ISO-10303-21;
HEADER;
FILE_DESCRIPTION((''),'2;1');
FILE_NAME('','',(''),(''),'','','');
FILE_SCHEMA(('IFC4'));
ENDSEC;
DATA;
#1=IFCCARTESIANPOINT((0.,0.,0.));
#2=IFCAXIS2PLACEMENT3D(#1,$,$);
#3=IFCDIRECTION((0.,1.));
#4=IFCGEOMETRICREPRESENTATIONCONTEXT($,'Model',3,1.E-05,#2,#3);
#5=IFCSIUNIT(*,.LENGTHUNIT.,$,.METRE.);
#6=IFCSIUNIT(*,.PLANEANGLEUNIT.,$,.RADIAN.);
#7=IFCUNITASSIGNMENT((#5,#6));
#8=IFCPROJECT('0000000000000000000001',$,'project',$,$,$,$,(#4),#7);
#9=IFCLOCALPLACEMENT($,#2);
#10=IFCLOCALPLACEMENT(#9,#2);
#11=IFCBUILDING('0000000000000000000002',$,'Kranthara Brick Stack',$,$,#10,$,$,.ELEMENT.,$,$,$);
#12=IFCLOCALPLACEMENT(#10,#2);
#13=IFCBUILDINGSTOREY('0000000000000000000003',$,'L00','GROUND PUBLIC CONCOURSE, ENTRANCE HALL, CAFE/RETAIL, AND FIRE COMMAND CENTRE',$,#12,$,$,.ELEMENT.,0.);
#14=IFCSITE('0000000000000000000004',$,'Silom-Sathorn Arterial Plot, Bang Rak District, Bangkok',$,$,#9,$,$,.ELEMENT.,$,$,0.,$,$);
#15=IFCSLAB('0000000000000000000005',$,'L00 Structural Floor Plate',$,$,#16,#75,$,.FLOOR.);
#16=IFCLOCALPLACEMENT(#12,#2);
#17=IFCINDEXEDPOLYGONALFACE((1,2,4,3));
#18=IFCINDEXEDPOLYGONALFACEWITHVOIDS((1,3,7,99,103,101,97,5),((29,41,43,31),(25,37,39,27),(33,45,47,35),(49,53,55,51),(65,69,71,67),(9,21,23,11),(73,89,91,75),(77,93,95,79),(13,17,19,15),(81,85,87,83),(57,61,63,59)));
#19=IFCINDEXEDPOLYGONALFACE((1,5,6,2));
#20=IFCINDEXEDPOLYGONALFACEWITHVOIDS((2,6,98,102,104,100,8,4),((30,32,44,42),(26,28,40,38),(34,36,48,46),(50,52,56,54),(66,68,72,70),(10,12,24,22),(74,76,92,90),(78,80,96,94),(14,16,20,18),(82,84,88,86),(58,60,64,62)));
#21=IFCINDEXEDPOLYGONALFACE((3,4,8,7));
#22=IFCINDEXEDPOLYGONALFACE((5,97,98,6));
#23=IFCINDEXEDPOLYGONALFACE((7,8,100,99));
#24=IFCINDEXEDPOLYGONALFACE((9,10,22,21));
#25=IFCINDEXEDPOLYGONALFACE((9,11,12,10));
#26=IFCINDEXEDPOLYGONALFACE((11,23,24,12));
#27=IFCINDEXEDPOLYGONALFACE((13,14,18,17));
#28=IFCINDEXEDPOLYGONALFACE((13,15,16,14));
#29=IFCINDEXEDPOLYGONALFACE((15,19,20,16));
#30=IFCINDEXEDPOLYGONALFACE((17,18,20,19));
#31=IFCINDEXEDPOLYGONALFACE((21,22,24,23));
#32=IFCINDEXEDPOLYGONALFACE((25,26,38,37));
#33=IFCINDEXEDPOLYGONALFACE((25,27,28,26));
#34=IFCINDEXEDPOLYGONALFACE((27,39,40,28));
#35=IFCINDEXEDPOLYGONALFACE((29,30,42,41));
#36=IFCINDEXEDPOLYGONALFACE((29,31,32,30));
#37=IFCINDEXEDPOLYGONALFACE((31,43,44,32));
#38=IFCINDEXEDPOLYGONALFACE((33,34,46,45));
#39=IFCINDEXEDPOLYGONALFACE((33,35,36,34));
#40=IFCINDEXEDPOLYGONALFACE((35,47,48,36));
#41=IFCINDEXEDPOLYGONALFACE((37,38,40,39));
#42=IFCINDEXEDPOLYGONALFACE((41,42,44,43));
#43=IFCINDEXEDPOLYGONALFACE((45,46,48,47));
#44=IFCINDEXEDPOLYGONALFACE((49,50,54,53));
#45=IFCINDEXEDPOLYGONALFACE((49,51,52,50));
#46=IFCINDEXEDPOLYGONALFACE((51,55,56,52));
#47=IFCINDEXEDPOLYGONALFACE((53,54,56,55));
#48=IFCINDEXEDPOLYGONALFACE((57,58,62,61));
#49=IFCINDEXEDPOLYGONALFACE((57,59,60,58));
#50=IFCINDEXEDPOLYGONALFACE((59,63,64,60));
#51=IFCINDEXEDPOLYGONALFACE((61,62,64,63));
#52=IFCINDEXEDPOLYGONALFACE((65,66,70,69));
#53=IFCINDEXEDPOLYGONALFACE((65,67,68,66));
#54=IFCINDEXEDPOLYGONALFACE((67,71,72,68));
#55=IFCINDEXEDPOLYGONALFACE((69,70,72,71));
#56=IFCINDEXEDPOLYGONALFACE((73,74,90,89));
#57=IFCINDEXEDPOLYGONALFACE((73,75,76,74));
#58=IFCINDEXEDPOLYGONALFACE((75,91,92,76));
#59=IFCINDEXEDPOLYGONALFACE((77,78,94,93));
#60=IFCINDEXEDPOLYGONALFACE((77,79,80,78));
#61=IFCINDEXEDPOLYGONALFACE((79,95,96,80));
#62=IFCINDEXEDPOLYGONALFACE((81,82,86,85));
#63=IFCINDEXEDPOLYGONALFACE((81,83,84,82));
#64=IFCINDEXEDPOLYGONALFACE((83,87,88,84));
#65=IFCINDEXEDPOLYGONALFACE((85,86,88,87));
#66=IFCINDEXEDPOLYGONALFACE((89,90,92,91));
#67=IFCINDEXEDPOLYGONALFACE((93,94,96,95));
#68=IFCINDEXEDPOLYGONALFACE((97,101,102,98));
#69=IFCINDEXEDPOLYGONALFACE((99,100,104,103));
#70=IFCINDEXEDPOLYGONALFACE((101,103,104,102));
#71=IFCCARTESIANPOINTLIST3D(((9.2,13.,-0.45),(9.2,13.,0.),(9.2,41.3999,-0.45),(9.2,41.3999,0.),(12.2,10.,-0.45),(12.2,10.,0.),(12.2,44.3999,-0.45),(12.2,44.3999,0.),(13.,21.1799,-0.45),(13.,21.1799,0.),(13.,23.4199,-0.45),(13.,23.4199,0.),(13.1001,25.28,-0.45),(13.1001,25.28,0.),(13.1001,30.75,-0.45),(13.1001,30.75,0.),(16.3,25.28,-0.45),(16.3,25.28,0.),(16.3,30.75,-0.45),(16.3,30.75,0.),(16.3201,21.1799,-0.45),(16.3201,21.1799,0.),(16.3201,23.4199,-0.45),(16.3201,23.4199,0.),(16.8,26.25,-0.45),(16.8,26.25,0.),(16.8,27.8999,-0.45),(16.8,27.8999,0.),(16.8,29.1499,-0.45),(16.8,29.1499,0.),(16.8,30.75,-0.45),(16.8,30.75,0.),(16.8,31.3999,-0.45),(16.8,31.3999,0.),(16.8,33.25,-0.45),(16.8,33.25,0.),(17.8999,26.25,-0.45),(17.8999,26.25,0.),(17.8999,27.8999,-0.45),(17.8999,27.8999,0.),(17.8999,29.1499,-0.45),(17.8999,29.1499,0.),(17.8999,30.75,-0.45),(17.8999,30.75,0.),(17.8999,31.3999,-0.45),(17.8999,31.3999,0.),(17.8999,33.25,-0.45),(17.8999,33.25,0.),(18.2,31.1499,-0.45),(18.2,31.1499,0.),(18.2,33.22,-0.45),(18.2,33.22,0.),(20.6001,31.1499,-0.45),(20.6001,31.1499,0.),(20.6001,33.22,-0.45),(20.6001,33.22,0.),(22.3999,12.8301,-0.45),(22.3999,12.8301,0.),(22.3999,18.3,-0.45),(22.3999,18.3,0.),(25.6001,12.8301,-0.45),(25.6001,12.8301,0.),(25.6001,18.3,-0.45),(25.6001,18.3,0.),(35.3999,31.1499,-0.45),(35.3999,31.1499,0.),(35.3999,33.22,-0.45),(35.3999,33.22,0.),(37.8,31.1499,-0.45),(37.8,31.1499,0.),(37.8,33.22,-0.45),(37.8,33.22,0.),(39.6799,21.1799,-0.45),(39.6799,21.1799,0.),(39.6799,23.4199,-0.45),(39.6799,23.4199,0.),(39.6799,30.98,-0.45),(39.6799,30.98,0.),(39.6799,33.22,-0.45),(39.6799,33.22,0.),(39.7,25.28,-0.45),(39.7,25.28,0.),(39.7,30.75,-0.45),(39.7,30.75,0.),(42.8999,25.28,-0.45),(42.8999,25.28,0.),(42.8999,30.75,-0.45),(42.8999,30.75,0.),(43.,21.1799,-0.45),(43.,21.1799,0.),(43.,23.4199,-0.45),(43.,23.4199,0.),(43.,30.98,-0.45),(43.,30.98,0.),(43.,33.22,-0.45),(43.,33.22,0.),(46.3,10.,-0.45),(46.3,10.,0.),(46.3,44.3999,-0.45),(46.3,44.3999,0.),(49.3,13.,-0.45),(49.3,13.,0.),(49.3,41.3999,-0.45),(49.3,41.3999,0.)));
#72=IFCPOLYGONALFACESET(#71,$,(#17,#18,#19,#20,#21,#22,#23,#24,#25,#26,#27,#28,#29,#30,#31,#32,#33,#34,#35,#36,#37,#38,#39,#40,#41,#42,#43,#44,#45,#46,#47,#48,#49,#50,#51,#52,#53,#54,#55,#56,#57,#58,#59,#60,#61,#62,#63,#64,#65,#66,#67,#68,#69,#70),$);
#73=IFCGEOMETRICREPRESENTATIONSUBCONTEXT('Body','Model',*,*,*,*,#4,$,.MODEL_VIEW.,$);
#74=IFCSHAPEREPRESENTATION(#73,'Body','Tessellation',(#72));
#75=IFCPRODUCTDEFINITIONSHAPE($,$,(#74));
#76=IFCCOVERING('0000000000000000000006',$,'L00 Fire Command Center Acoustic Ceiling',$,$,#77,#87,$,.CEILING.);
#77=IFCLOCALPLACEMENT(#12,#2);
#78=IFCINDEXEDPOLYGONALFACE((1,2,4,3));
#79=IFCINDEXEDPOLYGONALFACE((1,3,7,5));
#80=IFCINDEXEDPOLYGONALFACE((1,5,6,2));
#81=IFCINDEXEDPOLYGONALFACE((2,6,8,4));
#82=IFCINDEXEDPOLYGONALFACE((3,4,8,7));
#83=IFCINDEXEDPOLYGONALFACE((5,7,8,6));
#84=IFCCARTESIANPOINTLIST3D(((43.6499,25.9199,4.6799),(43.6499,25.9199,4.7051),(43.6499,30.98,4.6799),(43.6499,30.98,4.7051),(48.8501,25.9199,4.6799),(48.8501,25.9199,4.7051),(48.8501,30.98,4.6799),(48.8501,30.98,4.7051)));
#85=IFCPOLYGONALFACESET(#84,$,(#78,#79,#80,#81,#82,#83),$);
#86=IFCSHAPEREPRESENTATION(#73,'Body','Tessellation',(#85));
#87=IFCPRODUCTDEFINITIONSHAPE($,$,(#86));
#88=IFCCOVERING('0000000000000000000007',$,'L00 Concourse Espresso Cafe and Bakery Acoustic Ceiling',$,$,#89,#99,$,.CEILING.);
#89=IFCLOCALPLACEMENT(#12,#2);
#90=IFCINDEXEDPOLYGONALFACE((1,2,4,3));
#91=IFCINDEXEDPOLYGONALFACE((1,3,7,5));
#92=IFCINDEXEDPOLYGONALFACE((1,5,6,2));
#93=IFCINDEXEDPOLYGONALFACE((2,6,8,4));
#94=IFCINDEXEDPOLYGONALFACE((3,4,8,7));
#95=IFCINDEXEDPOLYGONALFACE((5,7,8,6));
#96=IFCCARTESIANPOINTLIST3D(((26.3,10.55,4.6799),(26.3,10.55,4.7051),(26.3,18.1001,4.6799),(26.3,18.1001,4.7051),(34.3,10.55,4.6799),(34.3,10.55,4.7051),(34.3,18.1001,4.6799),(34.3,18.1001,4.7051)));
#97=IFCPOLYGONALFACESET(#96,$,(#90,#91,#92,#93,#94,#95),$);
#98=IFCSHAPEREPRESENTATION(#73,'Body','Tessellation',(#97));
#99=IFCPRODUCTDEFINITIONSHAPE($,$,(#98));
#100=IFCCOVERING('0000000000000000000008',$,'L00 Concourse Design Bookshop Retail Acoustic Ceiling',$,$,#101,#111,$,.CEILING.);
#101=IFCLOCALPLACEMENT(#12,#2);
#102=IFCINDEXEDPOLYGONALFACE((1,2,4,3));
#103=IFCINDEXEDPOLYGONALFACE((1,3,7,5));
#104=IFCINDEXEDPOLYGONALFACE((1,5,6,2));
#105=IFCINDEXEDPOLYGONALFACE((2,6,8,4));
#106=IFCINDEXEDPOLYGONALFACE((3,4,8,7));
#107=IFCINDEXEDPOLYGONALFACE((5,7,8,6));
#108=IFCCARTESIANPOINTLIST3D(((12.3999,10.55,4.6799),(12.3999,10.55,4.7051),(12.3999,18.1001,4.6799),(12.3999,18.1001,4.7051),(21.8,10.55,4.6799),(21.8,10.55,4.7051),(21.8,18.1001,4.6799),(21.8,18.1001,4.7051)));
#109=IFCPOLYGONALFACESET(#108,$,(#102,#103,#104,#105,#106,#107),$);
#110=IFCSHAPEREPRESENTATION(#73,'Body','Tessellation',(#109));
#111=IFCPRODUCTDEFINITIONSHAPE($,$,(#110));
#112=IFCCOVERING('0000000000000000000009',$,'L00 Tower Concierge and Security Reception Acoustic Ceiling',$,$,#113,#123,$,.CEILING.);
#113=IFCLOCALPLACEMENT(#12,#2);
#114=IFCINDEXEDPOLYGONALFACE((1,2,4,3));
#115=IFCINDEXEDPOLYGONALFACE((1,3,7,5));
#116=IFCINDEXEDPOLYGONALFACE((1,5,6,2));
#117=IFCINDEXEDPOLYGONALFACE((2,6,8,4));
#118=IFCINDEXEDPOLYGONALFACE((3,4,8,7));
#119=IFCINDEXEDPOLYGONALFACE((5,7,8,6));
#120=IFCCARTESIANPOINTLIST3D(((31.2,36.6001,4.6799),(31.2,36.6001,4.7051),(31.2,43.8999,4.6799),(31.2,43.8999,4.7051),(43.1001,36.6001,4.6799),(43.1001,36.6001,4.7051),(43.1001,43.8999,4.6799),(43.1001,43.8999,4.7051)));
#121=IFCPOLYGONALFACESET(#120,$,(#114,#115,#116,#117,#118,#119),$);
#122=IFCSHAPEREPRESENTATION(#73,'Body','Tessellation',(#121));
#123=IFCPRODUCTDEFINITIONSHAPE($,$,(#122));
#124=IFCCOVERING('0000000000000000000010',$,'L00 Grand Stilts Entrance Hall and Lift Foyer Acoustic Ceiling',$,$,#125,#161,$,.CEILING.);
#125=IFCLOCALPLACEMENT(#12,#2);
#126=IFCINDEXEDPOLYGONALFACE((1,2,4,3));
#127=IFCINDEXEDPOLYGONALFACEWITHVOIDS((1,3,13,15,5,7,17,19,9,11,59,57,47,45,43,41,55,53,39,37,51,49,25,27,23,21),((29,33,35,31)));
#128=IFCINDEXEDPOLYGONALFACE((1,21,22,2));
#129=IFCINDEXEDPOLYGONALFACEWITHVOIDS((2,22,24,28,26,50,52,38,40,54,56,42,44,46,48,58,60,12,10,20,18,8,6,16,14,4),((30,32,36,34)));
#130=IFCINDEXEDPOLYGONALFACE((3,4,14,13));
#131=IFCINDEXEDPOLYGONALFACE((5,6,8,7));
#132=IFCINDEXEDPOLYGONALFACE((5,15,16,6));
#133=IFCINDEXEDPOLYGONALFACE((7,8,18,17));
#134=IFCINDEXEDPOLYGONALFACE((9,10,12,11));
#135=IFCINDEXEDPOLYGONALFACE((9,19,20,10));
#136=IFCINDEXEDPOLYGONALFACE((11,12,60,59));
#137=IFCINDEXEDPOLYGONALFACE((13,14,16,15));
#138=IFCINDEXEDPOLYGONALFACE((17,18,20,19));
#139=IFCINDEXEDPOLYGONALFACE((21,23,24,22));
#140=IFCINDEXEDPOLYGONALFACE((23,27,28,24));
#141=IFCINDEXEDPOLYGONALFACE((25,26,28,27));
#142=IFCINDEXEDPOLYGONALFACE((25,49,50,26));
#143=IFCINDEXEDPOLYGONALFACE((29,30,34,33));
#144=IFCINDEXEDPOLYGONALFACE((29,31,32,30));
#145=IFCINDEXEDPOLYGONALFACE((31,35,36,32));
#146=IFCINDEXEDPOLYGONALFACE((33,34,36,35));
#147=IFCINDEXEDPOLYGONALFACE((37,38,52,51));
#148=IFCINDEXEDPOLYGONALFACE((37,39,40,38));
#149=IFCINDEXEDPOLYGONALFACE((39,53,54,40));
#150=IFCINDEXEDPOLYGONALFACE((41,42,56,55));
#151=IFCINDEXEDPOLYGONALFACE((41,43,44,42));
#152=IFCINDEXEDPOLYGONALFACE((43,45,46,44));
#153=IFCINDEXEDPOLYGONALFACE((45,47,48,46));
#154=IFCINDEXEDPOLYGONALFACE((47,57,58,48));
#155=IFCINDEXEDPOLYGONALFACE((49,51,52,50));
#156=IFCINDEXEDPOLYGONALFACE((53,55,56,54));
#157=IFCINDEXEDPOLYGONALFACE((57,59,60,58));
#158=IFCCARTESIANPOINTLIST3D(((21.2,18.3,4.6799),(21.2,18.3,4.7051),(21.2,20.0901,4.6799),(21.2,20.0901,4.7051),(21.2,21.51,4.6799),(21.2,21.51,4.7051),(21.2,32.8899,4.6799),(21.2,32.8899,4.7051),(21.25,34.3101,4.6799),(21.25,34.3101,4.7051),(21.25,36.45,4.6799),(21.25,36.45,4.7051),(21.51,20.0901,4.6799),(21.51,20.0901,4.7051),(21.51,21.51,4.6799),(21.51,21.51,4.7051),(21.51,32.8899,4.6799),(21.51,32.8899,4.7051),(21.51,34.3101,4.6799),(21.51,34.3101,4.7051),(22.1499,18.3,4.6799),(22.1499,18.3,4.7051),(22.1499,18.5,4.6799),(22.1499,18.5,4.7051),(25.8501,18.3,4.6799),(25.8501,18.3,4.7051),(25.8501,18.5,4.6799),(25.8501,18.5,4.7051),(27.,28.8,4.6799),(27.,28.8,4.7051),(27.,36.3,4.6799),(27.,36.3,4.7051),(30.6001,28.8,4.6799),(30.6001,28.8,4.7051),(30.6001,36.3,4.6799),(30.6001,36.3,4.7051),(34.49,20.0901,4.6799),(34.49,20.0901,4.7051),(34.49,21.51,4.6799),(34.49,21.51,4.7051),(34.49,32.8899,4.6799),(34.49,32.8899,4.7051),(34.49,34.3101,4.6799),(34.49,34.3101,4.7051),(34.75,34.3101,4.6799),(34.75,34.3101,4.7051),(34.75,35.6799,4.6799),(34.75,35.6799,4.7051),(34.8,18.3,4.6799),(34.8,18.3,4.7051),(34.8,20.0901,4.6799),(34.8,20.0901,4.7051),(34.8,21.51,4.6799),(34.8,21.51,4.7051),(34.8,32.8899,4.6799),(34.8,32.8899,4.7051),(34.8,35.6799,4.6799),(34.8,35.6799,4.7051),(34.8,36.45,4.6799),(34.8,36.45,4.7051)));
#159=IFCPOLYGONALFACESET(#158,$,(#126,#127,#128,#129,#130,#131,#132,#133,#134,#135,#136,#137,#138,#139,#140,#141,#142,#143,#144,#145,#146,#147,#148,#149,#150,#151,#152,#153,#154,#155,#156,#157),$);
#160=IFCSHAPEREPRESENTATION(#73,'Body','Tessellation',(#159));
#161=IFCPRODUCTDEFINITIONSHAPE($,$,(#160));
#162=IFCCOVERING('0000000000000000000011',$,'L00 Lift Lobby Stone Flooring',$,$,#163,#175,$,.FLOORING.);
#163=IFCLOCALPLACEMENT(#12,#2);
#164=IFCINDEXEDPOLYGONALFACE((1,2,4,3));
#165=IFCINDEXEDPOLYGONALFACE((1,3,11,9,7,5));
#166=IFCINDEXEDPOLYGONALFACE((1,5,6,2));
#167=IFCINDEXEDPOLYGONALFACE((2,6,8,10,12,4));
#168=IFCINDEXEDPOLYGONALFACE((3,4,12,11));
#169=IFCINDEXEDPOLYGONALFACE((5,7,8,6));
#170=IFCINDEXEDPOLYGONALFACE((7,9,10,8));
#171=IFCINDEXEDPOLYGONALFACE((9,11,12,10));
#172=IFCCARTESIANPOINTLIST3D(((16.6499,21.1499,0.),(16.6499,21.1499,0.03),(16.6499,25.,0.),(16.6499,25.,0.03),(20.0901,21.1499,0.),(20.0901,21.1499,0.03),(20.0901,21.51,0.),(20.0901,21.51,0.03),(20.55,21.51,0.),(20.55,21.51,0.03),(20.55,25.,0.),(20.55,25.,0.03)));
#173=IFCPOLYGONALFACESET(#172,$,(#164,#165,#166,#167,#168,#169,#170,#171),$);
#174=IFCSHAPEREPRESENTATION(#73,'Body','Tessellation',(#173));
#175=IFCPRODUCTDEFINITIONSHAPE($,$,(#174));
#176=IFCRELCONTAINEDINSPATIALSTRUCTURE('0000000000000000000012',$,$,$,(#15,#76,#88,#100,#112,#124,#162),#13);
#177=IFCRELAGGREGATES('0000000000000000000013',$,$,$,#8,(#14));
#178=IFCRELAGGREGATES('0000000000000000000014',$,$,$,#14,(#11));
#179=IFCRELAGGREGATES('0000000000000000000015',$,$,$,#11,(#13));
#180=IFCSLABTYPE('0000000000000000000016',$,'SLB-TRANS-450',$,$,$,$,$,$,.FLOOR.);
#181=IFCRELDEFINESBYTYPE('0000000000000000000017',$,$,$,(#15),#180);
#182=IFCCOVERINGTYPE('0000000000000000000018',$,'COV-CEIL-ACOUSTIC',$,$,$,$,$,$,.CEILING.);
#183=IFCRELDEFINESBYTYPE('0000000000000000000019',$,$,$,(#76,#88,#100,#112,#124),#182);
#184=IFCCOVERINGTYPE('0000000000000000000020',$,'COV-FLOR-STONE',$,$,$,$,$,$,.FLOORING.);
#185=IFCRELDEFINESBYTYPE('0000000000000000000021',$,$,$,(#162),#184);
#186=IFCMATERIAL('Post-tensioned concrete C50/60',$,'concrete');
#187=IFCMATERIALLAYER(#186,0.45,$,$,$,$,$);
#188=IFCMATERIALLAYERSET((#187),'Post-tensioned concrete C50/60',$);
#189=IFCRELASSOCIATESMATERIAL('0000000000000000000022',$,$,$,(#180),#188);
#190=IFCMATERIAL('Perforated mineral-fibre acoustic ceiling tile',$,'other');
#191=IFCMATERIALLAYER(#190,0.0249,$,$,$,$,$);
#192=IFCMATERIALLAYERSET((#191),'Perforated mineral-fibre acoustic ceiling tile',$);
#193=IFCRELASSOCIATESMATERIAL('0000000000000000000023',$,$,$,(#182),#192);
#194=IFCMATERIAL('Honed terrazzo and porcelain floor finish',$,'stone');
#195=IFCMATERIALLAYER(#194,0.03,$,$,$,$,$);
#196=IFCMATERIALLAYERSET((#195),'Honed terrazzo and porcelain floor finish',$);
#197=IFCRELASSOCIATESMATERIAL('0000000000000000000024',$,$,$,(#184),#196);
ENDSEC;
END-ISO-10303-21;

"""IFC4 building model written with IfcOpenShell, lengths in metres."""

from ifc_helpers import new_model, si_unit, direction, frame, origin, place, context, subcontext, project, spatial, polyline, outline, extrude, material, layer, layer_set, type_object, element, save


model = new_model("IFC4")

# Units and contexts
model_context = context("Model", 3, precision=1e-05, world=origin(), true_north=direction((0.0, 1.0)))
body_context = subcontext(model_context, "Body", "Model", "MODEL_VIEW")
ifc_project = project(units=[si_unit("LENGTHUNIT", "METRE"), si_unit("PLANEANGLEUNIT", "RADIAN")], contexts=[model_context])

# Site, building, storey
site_placement = place(None, origin())
site = spatial("IfcSite", under=ifc_project, at=site_placement, Name="Silom-Sathorn Arterial Plot, Bang Rak District, Bangkok", CompositionType="ELEMENT", RefElevation=0.0)
building_placement = place(site_placement, origin())
building = spatial("IfcBuilding", under=site, at=building_placement, Name="Kranthara Brick Stack", CompositionType="ELEMENT")
storey_placement = place(building_placement, origin())
storey = spatial("IfcBuildingStorey", under=building, at=storey_placement, Name="L00", Description="GROUND PUBLIC CONCOURSE, ENTRANCE HALL, CAFE/RETAIL, AND FIRE COMMAND CENTRE", CompositionType="ELEMENT", Elevation=0.0)

# Slab
ifc_material_1 = material(Name="Post-tensioned concrete C50/60", Category="concrete")
ifc_layer_1 = layer(ifc_material_1, 0.45)
ifc_layer_set_1 = layer_set([ifc_layer_1], Name="Post-tensioned concrete C50/60")
slab_type_1 = type_object("IfcSlabType", Name="SLB-TRANS-450", PredefinedType="FLOOR", material=ifc_layer_set_1)
slab_1_placement = place(storey_placement, frame((0.0, 0.0, -0.45)))
element("IfcSlab", 1, at=slab_1_placement, inside=storey, type_object=slab_type_1, Name="L00 Structural Floor Plate", PredefinedType="FLOOR", context=body_context, shape_type="SweptSolid", body=[
    extrude(outline(polyline([(12.2, 10.0), (46.3, 10.0), (49.3, 13.0), (49.3, 41.3999), (46.3, 44.3999), (12.2, 44.3999), (9.2, 41.3999), (9.2, 13.0), (12.2, 10.0)]), holes=[polyline([(13.1001, 25.28), (16.3, 25.28), (16.3, 30.75), (13.1001, 30.75), (13.1001, 25.28)]), polyline([(39.7, 25.28), (42.8999, 25.28), (42.8999, 30.75), (39.7, 30.75), (39.7, 25.28)]), polyline([(22.3999, 12.8301), (25.6001, 12.8301), (25.6001, 18.3), (22.3999, 18.3), (22.3999, 12.8301)]), polyline([(13.0, 21.1799), (16.3201, 21.1799), (16.3201, 23.4199), (13.0, 23.4199), (13.0, 21.1799)]), polyline([(39.6799, 21.1799), (43.0, 21.1799), (43.0, 23.4199), (39.6799, 23.4199), (39.6799, 21.1799)]), polyline([(39.6799, 30.98), (43.0, 30.98), (43.0, 33.22), (39.6799, 33.22), (39.6799, 30.98)]), polyline([(18.2, 31.1499), (20.6001, 31.1499), (20.6001, 33.22), (18.2, 33.22), (18.2, 31.1499)]), polyline([(35.3999, 31.1499), (37.8, 31.1499), (37.8, 33.22), (35.3999, 33.22), (35.3999, 31.1499)]), polyline([(16.8, 26.25), (17.8999, 26.25), (17.8999, 27.8999), (16.8, 27.8999), (16.8, 26.25)]), polyline([(16.8, 29.1499), (17.8999, 29.1499), (17.8999, 30.75), (16.8, 30.75), (16.8, 29.1499)]), polyline([(16.8, 31.3999), (17.8999, 31.3999), (17.8999, 33.25), (16.8, 33.25), (16.8, 31.3999)])]), origin(), (0.0, 0.0, 1.0), 0.45),
])

# Coverings
ifc_material_2 = material(Name="Perforated mineral-fibre acoustic ceiling tile", Category="other")
ifc_layer_2 = layer(ifc_material_2, 0.0249)
ifc_layer_set_2 = layer_set([ifc_layer_2], Name="Perforated mineral-fibre acoustic ceiling tile")
covering_type_1 = type_object("IfcCoveringType", Name="COV-CEIL-ACOUSTIC", PredefinedType="CEILING", material=ifc_layer_set_2)
covering_1_placement = place(storey_placement, frame((0.0, 0.0, 4.6799)))
element("IfcCovering", 2, at=covering_1_placement, inside=storey, type_object=covering_type_1, Name="L00 Fire Command Center Acoustic Ceiling", PredefinedType="CEILING", context=body_context, shape_type="SweptSolid", body=[
    extrude(outline(polyline([(48.8501, 25.9199), (48.8501, 30.98), (43.6499, 30.98), (43.6499, 25.9199), (48.8501, 25.9199)])), origin(), (0.0, 0.0, 1.0), 0.0251),
])
covering_2_placement = place(storey_placement, frame((0.0, 0.0, 4.6799)))
element("IfcCovering", 3, at=covering_2_placement, inside=storey, type_object=covering_type_1, Name="L00 Concourse Espresso Cafe and Bakery Acoustic Ceiling", PredefinedType="CEILING", context=body_context, shape_type="SweptSolid", body=[
    extrude(outline(polyline([(34.3, 10.55), (34.3, 18.1001), (26.3, 18.1001), (26.3, 10.55), (34.3, 10.55)])), origin(), (0.0, 0.0, 1.0), 0.0251),
])
covering_3_placement = place(storey_placement, frame((0.0, 0.0, 4.6799)))
element("IfcCovering", 4, at=covering_3_placement, inside=storey, type_object=covering_type_1, Name="L00 Concourse Design Bookshop Retail Acoustic Ceiling", PredefinedType="CEILING", context=body_context, shape_type="SweptSolid", body=[
    extrude(outline(polyline([(21.8, 10.55), (21.8, 18.1001), (12.3999, 18.1001), (12.3999, 10.55), (21.8, 10.55)])), origin(), (0.0, 0.0, 1.0), 0.0251),
])
covering_4_placement = place(storey_placement, frame((0.0, 0.0, 4.6799)))
element("IfcCovering", 5, at=covering_4_placement, inside=storey, type_object=covering_type_1, Name="L00 Tower Concierge and Security Reception Acoustic Ceiling", PredefinedType="CEILING", context=body_context, shape_type="SweptSolid", body=[
    extrude(outline(polyline([(43.1001, 36.6001), (43.1001, 43.8999), (31.2, 43.8999), (31.2, 36.6001), (43.1001, 36.6001)])), origin(), (0.0, 0.0, 1.0), 0.0251),
])
covering_5_placement = place(storey_placement, frame((0.0, 0.0, 4.6799)))
element("IfcCovering", 6, at=covering_5_placement, inside=storey, type_object=covering_type_1, Name="L00 Grand Stilts Entrance Hall and Lift Foyer Acoustic Ceiling", PredefinedType="CEILING", context=body_context, shape_type="SweptSolid", body=[
    extrude(outline(polyline([(34.8, 18.3), (25.8501, 18.3), (25.8501, 18.5), (22.1499, 18.5), (22.1499, 18.3), (21.2, 18.3), (21.2, 20.0901), (21.51, 20.0901), (21.51, 21.51), (21.2, 21.51), (21.2, 32.8899), (21.51, 32.8899), (21.51, 34.3101), (21.25, 34.3101), (21.25, 36.45), (34.8, 36.45), (34.8, 35.6799), (34.75, 35.6799), (34.75, 34.3101), (34.49, 34.3101), (34.49, 32.8899), (34.8, 32.8899), (34.8, 21.51), (34.49, 21.51), (34.49, 20.0901), (34.8, 20.0901), (34.8, 18.3)]), holes=[polyline([(27.0, 36.3), (27.0, 28.8), (30.6001, 28.8), (30.6001, 36.3), (27.0, 36.3)])]), origin(), (0.0, 0.0, 1.0), 0.0251),
])
ifc_material_3 = material(Name="Honed terrazzo and porcelain floor finish", Category="stone")
ifc_layer_3 = layer(ifc_material_3, 0.03)
ifc_layer_set_3 = layer_set([ifc_layer_3], Name="Honed terrazzo and porcelain floor finish")
covering_type_2 = type_object("IfcCoveringType", Name="COV-FLOR-STONE", PredefinedType="FLOORING", material=ifc_layer_set_3)
covering_6_placement = place(storey_placement, origin())
element("IfcCovering", 7, at=covering_6_placement, inside=storey, type_object=covering_type_2, Name="L00 Lift Lobby Stone Flooring", PredefinedType="FLOORING", context=body_context, shape_type="SweptSolid", body=[
    extrude(outline(polyline([(16.6499, 21.1499), (16.6499, 25.0), (20.55, 25.0), (20.55, 21.51), (20.0901, 21.51), (20.0901, 21.1499), (16.6499, 21.1499)])), origin(), (0.0, 0.0, 1.0), 0.03),
])

save(model, "model.ifc")
